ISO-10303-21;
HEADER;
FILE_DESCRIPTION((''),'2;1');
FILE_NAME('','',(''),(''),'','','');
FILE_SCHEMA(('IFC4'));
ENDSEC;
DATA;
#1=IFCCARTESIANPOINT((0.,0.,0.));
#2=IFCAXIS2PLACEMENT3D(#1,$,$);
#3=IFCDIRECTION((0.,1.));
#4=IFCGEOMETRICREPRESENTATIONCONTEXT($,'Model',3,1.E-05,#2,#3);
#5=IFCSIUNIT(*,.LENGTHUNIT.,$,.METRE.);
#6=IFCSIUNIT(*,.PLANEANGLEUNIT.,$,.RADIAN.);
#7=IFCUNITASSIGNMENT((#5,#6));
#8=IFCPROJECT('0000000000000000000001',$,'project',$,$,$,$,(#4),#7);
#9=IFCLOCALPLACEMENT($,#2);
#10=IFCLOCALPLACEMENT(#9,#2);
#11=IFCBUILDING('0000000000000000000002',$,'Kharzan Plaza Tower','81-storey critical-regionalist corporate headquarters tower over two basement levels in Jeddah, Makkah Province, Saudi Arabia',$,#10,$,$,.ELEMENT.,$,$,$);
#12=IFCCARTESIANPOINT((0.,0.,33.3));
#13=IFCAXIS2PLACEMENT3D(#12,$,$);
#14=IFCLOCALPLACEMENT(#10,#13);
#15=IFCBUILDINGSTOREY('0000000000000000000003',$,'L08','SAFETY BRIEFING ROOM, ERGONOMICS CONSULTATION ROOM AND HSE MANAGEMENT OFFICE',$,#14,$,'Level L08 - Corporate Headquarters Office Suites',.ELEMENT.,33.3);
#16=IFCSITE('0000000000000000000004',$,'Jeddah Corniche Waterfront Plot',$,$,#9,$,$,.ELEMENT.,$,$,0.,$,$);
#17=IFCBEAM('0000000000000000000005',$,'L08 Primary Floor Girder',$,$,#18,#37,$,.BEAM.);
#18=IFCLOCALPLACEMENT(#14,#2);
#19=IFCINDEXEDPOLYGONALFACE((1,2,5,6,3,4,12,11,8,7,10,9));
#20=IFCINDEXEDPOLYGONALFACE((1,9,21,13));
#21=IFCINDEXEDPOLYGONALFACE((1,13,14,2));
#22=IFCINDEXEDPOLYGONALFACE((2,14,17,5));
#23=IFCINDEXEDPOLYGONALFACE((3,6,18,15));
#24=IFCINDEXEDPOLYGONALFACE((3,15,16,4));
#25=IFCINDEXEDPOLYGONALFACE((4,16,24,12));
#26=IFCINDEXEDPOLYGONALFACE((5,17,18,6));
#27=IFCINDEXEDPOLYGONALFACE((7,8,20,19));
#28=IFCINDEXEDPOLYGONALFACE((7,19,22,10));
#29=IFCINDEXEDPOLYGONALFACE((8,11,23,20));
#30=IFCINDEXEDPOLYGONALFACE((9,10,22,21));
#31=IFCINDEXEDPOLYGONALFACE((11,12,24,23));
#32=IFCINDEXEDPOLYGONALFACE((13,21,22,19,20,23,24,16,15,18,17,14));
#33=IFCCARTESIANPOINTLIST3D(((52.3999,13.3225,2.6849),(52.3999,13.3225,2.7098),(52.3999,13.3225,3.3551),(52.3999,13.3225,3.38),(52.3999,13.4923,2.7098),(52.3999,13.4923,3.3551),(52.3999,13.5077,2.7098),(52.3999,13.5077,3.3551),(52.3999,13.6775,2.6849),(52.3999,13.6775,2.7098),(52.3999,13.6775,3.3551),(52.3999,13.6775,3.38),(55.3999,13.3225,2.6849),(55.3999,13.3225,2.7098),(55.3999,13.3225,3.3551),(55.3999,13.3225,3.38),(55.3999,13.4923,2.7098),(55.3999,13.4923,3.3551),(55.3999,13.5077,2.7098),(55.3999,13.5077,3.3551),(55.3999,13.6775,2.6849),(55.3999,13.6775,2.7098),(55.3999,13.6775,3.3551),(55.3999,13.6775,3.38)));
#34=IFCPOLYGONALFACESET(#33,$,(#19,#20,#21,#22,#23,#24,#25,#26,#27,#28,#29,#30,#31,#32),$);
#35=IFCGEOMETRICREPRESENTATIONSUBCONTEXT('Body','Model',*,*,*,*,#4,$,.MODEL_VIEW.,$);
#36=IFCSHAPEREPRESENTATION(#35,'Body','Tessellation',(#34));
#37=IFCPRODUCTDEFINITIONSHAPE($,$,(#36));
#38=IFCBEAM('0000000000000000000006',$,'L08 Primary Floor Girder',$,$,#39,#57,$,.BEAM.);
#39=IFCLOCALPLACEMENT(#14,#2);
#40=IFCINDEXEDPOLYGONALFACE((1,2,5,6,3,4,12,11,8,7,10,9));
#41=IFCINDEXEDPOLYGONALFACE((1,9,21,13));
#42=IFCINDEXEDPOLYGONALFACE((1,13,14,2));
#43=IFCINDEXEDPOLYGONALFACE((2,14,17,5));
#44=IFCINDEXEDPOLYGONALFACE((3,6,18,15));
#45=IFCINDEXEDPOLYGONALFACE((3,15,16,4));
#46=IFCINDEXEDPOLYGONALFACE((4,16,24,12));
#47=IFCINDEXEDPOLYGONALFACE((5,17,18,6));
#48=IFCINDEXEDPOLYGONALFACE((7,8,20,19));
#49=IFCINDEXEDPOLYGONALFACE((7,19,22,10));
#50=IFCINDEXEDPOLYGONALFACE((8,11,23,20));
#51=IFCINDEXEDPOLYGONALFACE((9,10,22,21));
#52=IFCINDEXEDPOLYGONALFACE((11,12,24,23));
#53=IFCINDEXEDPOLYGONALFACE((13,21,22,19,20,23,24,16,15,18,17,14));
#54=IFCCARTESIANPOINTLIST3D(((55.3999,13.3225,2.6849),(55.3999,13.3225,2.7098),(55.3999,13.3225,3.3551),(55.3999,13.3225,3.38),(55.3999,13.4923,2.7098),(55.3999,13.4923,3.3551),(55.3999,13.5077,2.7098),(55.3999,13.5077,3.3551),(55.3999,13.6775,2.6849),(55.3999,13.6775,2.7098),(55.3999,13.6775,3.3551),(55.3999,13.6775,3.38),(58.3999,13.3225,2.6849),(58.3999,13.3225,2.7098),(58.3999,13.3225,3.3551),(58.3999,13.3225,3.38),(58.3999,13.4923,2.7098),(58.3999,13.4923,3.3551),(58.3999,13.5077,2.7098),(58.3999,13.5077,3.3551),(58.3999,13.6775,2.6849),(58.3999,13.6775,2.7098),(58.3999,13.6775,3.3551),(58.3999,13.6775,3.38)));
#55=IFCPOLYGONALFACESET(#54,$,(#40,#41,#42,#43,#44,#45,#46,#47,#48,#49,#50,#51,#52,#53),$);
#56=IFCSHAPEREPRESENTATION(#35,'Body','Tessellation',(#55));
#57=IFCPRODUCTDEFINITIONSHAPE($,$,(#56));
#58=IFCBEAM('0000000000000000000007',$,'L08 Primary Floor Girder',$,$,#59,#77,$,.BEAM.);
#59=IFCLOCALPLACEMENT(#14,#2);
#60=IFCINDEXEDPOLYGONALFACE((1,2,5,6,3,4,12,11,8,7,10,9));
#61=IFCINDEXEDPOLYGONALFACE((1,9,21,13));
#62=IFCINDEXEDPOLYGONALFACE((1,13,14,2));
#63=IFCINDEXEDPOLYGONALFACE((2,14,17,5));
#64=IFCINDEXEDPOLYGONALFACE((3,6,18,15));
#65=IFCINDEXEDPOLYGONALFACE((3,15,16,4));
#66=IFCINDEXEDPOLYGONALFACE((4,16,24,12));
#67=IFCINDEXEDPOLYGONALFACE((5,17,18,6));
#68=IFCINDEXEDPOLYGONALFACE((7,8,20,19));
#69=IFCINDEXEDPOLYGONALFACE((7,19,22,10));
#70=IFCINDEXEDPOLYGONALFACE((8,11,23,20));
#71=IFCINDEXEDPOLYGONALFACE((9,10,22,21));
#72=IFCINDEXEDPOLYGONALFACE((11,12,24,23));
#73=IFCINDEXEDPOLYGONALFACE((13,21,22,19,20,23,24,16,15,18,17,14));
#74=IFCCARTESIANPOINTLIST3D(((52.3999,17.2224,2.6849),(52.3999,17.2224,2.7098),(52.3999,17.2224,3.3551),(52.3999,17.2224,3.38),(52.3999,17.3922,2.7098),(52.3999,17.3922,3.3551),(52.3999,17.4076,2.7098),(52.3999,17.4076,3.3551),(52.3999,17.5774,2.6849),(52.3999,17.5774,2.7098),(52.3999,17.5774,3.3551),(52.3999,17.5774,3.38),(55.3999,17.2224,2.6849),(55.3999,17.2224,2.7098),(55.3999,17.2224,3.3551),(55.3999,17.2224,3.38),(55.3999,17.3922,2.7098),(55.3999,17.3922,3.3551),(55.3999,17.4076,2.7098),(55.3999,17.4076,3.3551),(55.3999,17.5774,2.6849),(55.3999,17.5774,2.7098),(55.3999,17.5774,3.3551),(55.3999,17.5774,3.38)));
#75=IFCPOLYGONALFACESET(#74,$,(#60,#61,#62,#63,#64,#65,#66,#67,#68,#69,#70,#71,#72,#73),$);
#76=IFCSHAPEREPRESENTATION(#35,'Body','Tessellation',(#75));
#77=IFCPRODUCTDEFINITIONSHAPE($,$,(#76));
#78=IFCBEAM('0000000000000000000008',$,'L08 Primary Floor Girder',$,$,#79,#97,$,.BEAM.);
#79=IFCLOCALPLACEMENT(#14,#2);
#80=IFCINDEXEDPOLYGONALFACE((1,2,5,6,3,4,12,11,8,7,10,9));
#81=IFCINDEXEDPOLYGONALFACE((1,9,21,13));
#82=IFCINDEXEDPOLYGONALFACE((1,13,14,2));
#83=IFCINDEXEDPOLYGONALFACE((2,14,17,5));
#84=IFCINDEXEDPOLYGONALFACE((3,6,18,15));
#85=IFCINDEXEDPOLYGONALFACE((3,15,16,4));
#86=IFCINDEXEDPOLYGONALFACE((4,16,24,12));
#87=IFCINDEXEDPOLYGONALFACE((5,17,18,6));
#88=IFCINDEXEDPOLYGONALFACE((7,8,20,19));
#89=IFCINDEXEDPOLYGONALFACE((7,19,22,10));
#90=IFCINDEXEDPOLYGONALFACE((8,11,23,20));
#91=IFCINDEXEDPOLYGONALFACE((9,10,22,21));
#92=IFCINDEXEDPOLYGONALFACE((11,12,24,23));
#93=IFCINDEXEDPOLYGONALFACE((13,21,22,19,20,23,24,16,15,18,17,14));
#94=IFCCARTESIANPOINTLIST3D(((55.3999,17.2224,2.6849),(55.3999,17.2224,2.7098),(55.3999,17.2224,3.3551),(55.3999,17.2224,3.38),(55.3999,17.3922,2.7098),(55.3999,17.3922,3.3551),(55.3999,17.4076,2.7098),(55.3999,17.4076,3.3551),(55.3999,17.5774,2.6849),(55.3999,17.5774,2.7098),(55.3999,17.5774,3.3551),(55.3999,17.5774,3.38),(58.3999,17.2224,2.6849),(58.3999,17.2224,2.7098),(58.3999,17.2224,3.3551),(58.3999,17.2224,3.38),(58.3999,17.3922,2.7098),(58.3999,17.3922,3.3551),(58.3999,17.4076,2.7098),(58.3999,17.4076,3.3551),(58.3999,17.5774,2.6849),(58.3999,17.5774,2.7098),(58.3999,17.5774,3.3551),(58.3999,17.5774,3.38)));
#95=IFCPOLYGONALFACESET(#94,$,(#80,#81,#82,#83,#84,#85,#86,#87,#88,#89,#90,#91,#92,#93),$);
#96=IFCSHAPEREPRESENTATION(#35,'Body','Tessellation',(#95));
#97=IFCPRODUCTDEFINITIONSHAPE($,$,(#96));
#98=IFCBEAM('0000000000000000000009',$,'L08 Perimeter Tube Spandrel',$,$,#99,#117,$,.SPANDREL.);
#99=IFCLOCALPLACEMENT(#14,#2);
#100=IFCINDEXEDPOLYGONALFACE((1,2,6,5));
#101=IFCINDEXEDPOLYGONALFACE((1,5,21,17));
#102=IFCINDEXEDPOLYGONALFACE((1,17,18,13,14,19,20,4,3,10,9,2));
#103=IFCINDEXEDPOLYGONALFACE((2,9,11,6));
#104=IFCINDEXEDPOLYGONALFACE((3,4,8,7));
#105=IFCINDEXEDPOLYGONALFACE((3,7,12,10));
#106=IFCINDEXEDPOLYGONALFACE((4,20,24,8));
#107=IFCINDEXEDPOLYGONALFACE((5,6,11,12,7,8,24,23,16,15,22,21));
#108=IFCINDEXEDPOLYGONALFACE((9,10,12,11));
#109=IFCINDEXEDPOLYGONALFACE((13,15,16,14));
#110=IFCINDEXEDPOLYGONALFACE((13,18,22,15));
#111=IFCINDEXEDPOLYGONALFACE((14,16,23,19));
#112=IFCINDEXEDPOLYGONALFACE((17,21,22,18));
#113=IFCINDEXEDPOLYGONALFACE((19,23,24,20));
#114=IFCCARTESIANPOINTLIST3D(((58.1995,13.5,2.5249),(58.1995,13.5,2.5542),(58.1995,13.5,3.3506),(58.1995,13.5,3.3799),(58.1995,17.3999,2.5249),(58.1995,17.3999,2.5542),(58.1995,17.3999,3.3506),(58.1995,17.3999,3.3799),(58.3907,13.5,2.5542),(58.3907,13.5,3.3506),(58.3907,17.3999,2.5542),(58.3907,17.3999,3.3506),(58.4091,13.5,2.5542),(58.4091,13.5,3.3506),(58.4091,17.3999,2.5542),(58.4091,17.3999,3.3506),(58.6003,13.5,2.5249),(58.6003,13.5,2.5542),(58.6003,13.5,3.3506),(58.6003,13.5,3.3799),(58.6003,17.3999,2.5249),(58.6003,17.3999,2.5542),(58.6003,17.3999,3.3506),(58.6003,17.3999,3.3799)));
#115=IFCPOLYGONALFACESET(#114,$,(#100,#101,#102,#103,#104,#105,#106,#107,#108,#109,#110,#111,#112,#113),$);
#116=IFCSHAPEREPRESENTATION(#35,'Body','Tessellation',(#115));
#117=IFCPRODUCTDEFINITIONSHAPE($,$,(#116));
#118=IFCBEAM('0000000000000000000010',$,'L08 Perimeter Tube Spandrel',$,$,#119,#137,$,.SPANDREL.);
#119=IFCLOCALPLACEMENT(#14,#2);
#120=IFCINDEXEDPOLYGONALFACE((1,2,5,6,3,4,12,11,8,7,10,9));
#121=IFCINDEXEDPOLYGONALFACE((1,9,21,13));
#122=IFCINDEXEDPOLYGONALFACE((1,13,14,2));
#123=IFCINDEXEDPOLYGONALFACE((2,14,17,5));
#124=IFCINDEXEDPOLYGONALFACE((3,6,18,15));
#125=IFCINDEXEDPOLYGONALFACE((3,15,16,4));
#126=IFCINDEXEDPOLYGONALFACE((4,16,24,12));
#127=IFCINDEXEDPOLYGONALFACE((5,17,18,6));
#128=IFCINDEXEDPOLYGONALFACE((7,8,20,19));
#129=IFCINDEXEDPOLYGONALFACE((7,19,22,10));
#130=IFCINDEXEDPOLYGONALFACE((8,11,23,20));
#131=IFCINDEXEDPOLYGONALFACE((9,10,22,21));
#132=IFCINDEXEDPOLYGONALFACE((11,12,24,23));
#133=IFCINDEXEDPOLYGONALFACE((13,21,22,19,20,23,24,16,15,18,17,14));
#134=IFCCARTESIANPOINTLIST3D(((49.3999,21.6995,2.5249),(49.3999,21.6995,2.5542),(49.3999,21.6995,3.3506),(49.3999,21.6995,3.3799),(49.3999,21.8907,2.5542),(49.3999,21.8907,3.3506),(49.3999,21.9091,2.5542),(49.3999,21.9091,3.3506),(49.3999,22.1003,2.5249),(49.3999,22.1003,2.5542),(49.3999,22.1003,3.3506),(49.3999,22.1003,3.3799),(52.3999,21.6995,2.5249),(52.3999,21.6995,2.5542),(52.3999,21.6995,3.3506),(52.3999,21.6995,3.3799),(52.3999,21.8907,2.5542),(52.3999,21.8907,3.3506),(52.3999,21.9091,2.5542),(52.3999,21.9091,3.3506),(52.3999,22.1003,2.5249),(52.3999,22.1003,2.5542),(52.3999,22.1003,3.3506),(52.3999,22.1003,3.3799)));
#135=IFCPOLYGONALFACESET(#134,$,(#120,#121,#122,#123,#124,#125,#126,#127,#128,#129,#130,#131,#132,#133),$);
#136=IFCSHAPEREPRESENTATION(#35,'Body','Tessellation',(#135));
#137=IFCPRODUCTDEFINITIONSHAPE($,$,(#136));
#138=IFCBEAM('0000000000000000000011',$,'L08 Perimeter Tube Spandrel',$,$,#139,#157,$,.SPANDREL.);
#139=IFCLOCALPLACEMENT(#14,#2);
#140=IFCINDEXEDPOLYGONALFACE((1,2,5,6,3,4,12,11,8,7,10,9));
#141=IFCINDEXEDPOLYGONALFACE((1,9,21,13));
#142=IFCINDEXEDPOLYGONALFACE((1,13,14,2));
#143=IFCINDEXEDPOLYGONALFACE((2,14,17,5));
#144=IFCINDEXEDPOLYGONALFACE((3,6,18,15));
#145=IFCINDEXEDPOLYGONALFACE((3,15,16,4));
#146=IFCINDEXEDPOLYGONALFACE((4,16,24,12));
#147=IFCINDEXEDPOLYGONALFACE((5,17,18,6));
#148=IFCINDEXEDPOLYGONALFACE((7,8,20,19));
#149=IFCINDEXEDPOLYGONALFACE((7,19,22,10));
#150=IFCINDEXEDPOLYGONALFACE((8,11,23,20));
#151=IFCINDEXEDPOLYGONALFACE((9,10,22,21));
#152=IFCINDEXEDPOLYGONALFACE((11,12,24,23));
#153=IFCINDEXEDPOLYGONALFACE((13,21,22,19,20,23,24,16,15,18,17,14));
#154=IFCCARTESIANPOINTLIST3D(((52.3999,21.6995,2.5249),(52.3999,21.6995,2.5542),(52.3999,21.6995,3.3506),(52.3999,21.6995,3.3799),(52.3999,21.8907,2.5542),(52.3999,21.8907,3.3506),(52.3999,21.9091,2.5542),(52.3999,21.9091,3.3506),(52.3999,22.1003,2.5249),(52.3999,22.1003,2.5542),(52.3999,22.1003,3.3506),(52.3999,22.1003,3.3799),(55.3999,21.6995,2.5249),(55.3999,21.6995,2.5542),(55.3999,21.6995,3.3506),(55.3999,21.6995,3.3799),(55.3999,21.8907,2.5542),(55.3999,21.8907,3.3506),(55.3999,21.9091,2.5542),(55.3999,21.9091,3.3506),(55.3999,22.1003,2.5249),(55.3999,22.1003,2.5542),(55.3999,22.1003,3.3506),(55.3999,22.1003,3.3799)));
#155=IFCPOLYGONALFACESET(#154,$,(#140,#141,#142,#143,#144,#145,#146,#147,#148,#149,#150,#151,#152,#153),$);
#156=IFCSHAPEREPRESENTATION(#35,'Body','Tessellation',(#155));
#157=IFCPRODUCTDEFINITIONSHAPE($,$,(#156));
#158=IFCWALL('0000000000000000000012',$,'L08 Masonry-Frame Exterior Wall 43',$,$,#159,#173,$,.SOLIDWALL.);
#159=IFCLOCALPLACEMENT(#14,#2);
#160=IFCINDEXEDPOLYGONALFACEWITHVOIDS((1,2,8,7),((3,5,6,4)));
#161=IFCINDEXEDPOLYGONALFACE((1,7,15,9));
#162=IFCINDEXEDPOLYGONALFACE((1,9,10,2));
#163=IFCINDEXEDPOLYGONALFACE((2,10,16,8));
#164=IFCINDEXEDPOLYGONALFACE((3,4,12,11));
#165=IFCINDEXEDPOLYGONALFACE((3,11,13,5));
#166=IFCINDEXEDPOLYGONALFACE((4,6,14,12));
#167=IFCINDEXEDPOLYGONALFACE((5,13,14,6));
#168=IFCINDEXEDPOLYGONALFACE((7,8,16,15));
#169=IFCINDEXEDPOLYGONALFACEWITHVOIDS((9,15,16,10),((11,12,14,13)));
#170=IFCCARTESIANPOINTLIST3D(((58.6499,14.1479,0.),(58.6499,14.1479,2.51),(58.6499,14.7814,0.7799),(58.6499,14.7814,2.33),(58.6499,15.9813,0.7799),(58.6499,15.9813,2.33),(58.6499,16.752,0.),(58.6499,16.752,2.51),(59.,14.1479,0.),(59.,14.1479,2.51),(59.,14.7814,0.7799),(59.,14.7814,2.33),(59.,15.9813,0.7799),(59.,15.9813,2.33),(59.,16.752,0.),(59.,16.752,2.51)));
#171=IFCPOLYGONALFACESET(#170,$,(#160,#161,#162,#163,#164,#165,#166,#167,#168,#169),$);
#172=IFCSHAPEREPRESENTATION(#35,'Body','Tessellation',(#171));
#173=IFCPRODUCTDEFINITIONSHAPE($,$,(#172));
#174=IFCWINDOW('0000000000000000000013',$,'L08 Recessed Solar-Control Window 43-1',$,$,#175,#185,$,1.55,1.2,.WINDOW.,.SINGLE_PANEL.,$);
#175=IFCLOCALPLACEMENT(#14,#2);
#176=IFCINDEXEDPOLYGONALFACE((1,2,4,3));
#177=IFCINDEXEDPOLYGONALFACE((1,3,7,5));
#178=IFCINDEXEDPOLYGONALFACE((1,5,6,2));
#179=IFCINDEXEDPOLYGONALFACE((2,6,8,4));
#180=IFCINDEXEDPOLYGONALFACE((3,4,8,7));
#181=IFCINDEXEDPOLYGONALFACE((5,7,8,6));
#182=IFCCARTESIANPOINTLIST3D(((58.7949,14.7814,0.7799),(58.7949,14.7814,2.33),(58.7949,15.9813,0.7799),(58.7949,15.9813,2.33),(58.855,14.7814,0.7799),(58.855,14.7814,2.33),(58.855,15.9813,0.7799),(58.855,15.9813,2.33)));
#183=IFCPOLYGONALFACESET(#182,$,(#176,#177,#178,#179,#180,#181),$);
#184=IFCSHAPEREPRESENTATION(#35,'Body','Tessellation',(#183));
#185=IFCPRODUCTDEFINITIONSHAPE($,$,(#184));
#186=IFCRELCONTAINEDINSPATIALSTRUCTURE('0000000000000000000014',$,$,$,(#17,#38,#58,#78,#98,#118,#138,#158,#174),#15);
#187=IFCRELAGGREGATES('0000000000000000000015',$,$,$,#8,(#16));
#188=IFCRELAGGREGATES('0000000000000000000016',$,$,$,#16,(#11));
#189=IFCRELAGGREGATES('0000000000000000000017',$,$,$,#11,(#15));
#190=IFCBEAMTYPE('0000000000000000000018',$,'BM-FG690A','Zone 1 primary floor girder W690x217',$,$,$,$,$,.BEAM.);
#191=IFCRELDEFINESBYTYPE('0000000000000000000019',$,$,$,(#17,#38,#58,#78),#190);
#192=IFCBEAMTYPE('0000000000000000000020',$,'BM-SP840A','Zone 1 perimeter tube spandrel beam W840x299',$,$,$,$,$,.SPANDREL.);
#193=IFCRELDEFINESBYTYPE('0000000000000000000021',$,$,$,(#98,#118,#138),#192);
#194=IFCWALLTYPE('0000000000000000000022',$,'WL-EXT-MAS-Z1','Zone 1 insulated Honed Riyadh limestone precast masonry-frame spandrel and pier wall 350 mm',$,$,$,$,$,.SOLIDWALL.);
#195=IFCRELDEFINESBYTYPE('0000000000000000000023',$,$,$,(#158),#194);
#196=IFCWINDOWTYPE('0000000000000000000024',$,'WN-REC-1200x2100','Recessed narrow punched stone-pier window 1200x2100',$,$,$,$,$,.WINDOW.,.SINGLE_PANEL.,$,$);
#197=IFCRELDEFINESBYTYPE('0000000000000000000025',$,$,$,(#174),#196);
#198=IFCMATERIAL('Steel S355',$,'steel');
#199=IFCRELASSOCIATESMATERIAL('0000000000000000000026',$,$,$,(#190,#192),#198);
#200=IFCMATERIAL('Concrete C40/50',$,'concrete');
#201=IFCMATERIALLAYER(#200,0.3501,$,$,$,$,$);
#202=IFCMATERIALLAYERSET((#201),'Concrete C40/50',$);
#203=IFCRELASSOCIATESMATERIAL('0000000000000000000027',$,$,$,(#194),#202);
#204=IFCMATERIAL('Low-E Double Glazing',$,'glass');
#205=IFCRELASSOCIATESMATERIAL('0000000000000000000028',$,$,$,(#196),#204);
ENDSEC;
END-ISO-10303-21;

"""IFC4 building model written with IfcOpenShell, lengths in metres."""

from ifc_helpers import new_model, si_unit, direction, frame, frame_2d, origin, origin_2d, place, context, subcontext, project, spatial, rectangle, i_section, extrude, source, transform, mapped, material, layer, layer_set, material_profile, profile_set, type_object, element, fill, save


model = new_model("IFC4")

# Units and contexts
model_context = context("Model", 3, precision=1e-05, world=origin(), true_north=direction((0.0, 1.0)))
body_context = subcontext(model_context, "Body", "Model", "MODEL_VIEW")
ifc_project = project(units=[si_unit("LENGTHUNIT", "METRE"), si_unit("PLANEANGLEUNIT", "RADIAN")], contexts=[model_context])

# Site, building, storey
site_placement = place(None, origin())
site = spatial("IfcSite", under=ifc_project, at=site_placement, Name="Jeddah Corniche Waterfront Plot", CompositionType="ELEMENT", RefElevation=0.0)
building_placement = place(site_placement, origin())
building = spatial("IfcBuilding", under=site, at=building_placement, Name="Kharzan Plaza Tower", Description="81-storey critical-regionalist corporate headquarters tower over two basement levels in Jeddah, Makkah Province, Saudi Arabia", CompositionType="ELEMENT")
storey_placement = place(building_placement, frame((0.0, 0.0, 33.3)))
storey = spatial("IfcBuildingStorey", under=building, at=storey_placement, Name="L08", Description="SAFETY BRIEFING ROOM, ERGONOMICS CONSULTATION ROOM AND HSE MANAGEMENT OFFICE", LongName="Level L08 - Corporate Headquarters Office Suites", CompositionType="ELEMENT", Elevation=33.3)

# Beams
ifc_material_1 = material(Name="Steel S355", Category="steel")
ifc_material_profile_1 = material_profile(ifc_material_1, i_section(OverallWidth=0.355, OverallDepth=0.6951, WebThickness=0.0154, FlangeThickness=0.0249, at=origin_2d()), Name="W690x217")
ifc_profile_set_1 = profile_set([ifc_material_profile_1], Name="Steel S355")
beam_type_1 = type_object("IfcBeamType", Name="BM-FG690A", Description="Zone 1 primary floor girder W690x217", PredefinedType="BEAM", material=ifc_profile_set_1)
shared_shape_1 = source(origin(), body_context, "Body", "SweptSolid", [
    extrude(i_section(OverallWidth=0.355, OverallDepth=0.6951, WebThickness=0.0154, FlangeThickness=0.0249, at=origin_2d()), origin(), (0.0, 0.0, 1.0), 3.0),
])
for number, where, z_axis, x_axis, name in (
    (1, (52.3999, 13.5, 3.0325), (1.0, 0.0, 0.0), (0.0, 1.0, 0.0), "L08 Primary Floor Girder"),
    (2, (55.3999, 13.5, 3.0325), (1.0, 0.0, 0.0), (0.0, 1.0, 0.0), "L08 Primary Floor Girder"),
    (3, (52.3999, 17.3999, 3.0325), (1.0, 0.0, 0.0), (0.0, 1.0, 0.0), "L08 Primary Floor Girder"),
    (4, (55.3999, 17.3999, 3.0325), (1.0, 0.0, 0.0), (0.0, 1.0, 0.0), "L08 Primary Floor Girder"),
):
    element("IfcBeam", number, at=place(storey_placement, frame(where, z_axis=z_axis, x_axis=x_axis)), inside=storey, type_object=beam_type_1, Name=name, PredefinedType="BEAM", context=body_context, shape_type="MappedRepresentation", body=[
        mapped(shared_shape_1, transform((0.0, 0.0, 0.0), x_axis=(1.0, 0.0, 0.0), y_axis=(0.0, 1.0, 0.0), z_axis=(0.0, 0.0, 1.0))),
    ])
ifc_material_profile_2 = material_profile(ifc_material_1, i_section(OverallWidth=0.4009, OverallDepth=0.855, WebThickness=0.0183, FlangeThickness=0.0293, at=origin_2d()), Name="W840x299")
ifc_profile_set_2 = profile_set([ifc_material_profile_2], Name="Steel S355")
beam_type_2 = type_object("IfcBeamType", Name="BM-SP840A", Description="Zone 1 perimeter tube spandrel beam W840x299", PredefinedType="SPANDREL", material=ifc_profile_set_2)
shared_shape_2 = source(origin(), body_context, "Body", "SweptSolid", [
    extrude(i_section(OverallWidth=0.4009, OverallDepth=0.855, WebThickness=0.0183, FlangeThickness=0.0293, at=origin_2d()), origin(), (0.0, 0.0, 1.0), 3.8999),
])
beam_placement = place(storey_placement, frame((58.3999, 13.5, 2.9524), z_axis=(0.0, 1.0, 0.0), x_axis=(-1.0, 0.0, 0.0)))
element("IfcBeam", 5, at=beam_placement, inside=storey, type_object=beam_type_2, Name="L08 Perimeter Tube Spandrel", PredefinedType="SPANDREL", context=body_context, shape_type="MappedRepresentation", body=[
    mapped(shared_shape_2, transform((0.0, 0.0, 0.0), x_axis=(1.0, 0.0, 0.0), y_axis=(0.0, 1.0, 0.0), z_axis=(0.0, 0.0, 1.0))),
])
shared_shape_3 = source(origin(), body_context, "Body", "SweptSolid", [
    extrude(i_section(OverallWidth=0.4009, OverallDepth=0.855, WebThickness=0.0183, FlangeThickness=0.0293, at=origin_2d()), origin(), (0.0, 0.0, 1.0), 3.0),
])
for number, where, z_axis, x_axis, name in (
    (6, (49.3999, 21.8999, 2.9524), (1.0, 0.0, 0.0), (0.0, 1.0, 0.0), "L08 Perimeter Tube Spandrel"),
    (7, (52.3999, 21.8999, 2.9524), (1.0, 0.0, 0.0), (0.0, 1.0, 0.0), "L08 Perimeter Tube Spandrel"),
):
    element("IfcBeam", number, at=place(storey_placement, frame(where, z_axis=z_axis, x_axis=x_axis)), inside=storey, type_object=beam_type_2, Name=name, PredefinedType="SPANDREL", context=body_context, shape_type="MappedRepresentation", body=[
        mapped(shared_shape_3, transform((0.0, 0.0, 0.0), x_axis=(1.0, 0.0, 0.0), y_axis=(0.0, 1.0, 0.0), z_axis=(0.0, 0.0, 1.0))),
    ])

# Wall, opening, window
ifc_material_2 = material(Name="Concrete C40/50", Category="concrete")
ifc_layer = layer(ifc_material_2, 0.3501)
ifc_layer_set = layer_set([ifc_layer], Name="Concrete C40/50")
wall_type = type_object("IfcWallType", Name="WL-EXT-MAS-Z1", Description="Zone 1 insulated Honed Riyadh limestone precast masonry-frame spandrel and pier wall 350 mm", PredefinedType="SOLIDWALL", material=ifc_layer_set)
wall_1_placement = place(storey_placement, frame((58.825, 14.1479, 0.0), z_axis=(0.0, 0.0, 1.0), x_axis=(0.0, 1.0, 0.0)))
wall_1 = element("IfcWall", 8, at=wall_1_placement, inside=storey, type_object=wall_type, Name="L08 Masonry-Frame Exterior Wall 43", PredefinedType="SOLIDWALL", context=body_context, shape_type="SweptSolid", body=[
    extrude(rectangle(XDim=2.604, YDim=0.3501, at=frame_2d((1.302, 0.0))), origin(), (0.0, 0.0, 1.0), 2.51),
])
opening_1_placement = place(wall_1_placement, frame((0.6333, 0.0, 0.78)))
opening_1 = element("IfcOpeningElement", 9, at=opening_1_placement, cuts=wall_1, PredefinedType="OPENING", context=body_context, shape_type="SweptSolid", body=[
    extrude(rectangle(XDim=1.2, YDim=1.55, at=frame_2d((0.6001, 0.7749))), frame((0.0, 0.1851, 0.0), z_axis=(0.0, -1.0, 0.0), x_axis=(1.0, 0.0, 0.0)), (0.0, 0.0, 1.0), 0.3701),
])
ifc_material_3 = material(Name="Low-E Double Glazing", Category="glass")
window_type_1 = type_object("IfcWindowType", Name="WN-REC-1200x2100", Description="Recessed narrow punched stone-pier window 1200x2100", PartitioningType="SINGLE_PANEL", PredefinedType="WINDOW", material=ifc_material_3)
shared_shape_4 = source(origin(), body_context, "Body", "SweptSolid", [
    extrude(rectangle(XDim=1.2, YDim=1.55, at=frame_2d((0.6001, 0.7749))), frame((0.0, 0.03, 0.0), z_axis=(0.0, -1.0, 0.0), x_axis=(1.0, 0.0, 0.0)), (0.0, 0.0, 1.0), 0.0601),
])
window_1_placement = place(opening_1_placement, origin())
window_1 = element("IfcWindow", 10, at=window_1_placement, inside=storey, type_object=window_type_1, Name="L08 Recessed Solar-Control Window 43-1", OverallHeight=1.55, OverallWidth=1.2, PartitioningType="SINGLE_PANEL", PredefinedType="WINDOW", context=body_context, shape_type="MappedRepresentation", body=[
    mapped(shared_shape_4, transform((0.0, 0.0, 0.0), x_axis=(1.0, 0.0, 0.0), y_axis=(0.0, 1.0, 0.0), z_axis=(0.0, 0.0, 1.0))),
])
fill(opening_1, window_1)

save(model, "model.ifc")
